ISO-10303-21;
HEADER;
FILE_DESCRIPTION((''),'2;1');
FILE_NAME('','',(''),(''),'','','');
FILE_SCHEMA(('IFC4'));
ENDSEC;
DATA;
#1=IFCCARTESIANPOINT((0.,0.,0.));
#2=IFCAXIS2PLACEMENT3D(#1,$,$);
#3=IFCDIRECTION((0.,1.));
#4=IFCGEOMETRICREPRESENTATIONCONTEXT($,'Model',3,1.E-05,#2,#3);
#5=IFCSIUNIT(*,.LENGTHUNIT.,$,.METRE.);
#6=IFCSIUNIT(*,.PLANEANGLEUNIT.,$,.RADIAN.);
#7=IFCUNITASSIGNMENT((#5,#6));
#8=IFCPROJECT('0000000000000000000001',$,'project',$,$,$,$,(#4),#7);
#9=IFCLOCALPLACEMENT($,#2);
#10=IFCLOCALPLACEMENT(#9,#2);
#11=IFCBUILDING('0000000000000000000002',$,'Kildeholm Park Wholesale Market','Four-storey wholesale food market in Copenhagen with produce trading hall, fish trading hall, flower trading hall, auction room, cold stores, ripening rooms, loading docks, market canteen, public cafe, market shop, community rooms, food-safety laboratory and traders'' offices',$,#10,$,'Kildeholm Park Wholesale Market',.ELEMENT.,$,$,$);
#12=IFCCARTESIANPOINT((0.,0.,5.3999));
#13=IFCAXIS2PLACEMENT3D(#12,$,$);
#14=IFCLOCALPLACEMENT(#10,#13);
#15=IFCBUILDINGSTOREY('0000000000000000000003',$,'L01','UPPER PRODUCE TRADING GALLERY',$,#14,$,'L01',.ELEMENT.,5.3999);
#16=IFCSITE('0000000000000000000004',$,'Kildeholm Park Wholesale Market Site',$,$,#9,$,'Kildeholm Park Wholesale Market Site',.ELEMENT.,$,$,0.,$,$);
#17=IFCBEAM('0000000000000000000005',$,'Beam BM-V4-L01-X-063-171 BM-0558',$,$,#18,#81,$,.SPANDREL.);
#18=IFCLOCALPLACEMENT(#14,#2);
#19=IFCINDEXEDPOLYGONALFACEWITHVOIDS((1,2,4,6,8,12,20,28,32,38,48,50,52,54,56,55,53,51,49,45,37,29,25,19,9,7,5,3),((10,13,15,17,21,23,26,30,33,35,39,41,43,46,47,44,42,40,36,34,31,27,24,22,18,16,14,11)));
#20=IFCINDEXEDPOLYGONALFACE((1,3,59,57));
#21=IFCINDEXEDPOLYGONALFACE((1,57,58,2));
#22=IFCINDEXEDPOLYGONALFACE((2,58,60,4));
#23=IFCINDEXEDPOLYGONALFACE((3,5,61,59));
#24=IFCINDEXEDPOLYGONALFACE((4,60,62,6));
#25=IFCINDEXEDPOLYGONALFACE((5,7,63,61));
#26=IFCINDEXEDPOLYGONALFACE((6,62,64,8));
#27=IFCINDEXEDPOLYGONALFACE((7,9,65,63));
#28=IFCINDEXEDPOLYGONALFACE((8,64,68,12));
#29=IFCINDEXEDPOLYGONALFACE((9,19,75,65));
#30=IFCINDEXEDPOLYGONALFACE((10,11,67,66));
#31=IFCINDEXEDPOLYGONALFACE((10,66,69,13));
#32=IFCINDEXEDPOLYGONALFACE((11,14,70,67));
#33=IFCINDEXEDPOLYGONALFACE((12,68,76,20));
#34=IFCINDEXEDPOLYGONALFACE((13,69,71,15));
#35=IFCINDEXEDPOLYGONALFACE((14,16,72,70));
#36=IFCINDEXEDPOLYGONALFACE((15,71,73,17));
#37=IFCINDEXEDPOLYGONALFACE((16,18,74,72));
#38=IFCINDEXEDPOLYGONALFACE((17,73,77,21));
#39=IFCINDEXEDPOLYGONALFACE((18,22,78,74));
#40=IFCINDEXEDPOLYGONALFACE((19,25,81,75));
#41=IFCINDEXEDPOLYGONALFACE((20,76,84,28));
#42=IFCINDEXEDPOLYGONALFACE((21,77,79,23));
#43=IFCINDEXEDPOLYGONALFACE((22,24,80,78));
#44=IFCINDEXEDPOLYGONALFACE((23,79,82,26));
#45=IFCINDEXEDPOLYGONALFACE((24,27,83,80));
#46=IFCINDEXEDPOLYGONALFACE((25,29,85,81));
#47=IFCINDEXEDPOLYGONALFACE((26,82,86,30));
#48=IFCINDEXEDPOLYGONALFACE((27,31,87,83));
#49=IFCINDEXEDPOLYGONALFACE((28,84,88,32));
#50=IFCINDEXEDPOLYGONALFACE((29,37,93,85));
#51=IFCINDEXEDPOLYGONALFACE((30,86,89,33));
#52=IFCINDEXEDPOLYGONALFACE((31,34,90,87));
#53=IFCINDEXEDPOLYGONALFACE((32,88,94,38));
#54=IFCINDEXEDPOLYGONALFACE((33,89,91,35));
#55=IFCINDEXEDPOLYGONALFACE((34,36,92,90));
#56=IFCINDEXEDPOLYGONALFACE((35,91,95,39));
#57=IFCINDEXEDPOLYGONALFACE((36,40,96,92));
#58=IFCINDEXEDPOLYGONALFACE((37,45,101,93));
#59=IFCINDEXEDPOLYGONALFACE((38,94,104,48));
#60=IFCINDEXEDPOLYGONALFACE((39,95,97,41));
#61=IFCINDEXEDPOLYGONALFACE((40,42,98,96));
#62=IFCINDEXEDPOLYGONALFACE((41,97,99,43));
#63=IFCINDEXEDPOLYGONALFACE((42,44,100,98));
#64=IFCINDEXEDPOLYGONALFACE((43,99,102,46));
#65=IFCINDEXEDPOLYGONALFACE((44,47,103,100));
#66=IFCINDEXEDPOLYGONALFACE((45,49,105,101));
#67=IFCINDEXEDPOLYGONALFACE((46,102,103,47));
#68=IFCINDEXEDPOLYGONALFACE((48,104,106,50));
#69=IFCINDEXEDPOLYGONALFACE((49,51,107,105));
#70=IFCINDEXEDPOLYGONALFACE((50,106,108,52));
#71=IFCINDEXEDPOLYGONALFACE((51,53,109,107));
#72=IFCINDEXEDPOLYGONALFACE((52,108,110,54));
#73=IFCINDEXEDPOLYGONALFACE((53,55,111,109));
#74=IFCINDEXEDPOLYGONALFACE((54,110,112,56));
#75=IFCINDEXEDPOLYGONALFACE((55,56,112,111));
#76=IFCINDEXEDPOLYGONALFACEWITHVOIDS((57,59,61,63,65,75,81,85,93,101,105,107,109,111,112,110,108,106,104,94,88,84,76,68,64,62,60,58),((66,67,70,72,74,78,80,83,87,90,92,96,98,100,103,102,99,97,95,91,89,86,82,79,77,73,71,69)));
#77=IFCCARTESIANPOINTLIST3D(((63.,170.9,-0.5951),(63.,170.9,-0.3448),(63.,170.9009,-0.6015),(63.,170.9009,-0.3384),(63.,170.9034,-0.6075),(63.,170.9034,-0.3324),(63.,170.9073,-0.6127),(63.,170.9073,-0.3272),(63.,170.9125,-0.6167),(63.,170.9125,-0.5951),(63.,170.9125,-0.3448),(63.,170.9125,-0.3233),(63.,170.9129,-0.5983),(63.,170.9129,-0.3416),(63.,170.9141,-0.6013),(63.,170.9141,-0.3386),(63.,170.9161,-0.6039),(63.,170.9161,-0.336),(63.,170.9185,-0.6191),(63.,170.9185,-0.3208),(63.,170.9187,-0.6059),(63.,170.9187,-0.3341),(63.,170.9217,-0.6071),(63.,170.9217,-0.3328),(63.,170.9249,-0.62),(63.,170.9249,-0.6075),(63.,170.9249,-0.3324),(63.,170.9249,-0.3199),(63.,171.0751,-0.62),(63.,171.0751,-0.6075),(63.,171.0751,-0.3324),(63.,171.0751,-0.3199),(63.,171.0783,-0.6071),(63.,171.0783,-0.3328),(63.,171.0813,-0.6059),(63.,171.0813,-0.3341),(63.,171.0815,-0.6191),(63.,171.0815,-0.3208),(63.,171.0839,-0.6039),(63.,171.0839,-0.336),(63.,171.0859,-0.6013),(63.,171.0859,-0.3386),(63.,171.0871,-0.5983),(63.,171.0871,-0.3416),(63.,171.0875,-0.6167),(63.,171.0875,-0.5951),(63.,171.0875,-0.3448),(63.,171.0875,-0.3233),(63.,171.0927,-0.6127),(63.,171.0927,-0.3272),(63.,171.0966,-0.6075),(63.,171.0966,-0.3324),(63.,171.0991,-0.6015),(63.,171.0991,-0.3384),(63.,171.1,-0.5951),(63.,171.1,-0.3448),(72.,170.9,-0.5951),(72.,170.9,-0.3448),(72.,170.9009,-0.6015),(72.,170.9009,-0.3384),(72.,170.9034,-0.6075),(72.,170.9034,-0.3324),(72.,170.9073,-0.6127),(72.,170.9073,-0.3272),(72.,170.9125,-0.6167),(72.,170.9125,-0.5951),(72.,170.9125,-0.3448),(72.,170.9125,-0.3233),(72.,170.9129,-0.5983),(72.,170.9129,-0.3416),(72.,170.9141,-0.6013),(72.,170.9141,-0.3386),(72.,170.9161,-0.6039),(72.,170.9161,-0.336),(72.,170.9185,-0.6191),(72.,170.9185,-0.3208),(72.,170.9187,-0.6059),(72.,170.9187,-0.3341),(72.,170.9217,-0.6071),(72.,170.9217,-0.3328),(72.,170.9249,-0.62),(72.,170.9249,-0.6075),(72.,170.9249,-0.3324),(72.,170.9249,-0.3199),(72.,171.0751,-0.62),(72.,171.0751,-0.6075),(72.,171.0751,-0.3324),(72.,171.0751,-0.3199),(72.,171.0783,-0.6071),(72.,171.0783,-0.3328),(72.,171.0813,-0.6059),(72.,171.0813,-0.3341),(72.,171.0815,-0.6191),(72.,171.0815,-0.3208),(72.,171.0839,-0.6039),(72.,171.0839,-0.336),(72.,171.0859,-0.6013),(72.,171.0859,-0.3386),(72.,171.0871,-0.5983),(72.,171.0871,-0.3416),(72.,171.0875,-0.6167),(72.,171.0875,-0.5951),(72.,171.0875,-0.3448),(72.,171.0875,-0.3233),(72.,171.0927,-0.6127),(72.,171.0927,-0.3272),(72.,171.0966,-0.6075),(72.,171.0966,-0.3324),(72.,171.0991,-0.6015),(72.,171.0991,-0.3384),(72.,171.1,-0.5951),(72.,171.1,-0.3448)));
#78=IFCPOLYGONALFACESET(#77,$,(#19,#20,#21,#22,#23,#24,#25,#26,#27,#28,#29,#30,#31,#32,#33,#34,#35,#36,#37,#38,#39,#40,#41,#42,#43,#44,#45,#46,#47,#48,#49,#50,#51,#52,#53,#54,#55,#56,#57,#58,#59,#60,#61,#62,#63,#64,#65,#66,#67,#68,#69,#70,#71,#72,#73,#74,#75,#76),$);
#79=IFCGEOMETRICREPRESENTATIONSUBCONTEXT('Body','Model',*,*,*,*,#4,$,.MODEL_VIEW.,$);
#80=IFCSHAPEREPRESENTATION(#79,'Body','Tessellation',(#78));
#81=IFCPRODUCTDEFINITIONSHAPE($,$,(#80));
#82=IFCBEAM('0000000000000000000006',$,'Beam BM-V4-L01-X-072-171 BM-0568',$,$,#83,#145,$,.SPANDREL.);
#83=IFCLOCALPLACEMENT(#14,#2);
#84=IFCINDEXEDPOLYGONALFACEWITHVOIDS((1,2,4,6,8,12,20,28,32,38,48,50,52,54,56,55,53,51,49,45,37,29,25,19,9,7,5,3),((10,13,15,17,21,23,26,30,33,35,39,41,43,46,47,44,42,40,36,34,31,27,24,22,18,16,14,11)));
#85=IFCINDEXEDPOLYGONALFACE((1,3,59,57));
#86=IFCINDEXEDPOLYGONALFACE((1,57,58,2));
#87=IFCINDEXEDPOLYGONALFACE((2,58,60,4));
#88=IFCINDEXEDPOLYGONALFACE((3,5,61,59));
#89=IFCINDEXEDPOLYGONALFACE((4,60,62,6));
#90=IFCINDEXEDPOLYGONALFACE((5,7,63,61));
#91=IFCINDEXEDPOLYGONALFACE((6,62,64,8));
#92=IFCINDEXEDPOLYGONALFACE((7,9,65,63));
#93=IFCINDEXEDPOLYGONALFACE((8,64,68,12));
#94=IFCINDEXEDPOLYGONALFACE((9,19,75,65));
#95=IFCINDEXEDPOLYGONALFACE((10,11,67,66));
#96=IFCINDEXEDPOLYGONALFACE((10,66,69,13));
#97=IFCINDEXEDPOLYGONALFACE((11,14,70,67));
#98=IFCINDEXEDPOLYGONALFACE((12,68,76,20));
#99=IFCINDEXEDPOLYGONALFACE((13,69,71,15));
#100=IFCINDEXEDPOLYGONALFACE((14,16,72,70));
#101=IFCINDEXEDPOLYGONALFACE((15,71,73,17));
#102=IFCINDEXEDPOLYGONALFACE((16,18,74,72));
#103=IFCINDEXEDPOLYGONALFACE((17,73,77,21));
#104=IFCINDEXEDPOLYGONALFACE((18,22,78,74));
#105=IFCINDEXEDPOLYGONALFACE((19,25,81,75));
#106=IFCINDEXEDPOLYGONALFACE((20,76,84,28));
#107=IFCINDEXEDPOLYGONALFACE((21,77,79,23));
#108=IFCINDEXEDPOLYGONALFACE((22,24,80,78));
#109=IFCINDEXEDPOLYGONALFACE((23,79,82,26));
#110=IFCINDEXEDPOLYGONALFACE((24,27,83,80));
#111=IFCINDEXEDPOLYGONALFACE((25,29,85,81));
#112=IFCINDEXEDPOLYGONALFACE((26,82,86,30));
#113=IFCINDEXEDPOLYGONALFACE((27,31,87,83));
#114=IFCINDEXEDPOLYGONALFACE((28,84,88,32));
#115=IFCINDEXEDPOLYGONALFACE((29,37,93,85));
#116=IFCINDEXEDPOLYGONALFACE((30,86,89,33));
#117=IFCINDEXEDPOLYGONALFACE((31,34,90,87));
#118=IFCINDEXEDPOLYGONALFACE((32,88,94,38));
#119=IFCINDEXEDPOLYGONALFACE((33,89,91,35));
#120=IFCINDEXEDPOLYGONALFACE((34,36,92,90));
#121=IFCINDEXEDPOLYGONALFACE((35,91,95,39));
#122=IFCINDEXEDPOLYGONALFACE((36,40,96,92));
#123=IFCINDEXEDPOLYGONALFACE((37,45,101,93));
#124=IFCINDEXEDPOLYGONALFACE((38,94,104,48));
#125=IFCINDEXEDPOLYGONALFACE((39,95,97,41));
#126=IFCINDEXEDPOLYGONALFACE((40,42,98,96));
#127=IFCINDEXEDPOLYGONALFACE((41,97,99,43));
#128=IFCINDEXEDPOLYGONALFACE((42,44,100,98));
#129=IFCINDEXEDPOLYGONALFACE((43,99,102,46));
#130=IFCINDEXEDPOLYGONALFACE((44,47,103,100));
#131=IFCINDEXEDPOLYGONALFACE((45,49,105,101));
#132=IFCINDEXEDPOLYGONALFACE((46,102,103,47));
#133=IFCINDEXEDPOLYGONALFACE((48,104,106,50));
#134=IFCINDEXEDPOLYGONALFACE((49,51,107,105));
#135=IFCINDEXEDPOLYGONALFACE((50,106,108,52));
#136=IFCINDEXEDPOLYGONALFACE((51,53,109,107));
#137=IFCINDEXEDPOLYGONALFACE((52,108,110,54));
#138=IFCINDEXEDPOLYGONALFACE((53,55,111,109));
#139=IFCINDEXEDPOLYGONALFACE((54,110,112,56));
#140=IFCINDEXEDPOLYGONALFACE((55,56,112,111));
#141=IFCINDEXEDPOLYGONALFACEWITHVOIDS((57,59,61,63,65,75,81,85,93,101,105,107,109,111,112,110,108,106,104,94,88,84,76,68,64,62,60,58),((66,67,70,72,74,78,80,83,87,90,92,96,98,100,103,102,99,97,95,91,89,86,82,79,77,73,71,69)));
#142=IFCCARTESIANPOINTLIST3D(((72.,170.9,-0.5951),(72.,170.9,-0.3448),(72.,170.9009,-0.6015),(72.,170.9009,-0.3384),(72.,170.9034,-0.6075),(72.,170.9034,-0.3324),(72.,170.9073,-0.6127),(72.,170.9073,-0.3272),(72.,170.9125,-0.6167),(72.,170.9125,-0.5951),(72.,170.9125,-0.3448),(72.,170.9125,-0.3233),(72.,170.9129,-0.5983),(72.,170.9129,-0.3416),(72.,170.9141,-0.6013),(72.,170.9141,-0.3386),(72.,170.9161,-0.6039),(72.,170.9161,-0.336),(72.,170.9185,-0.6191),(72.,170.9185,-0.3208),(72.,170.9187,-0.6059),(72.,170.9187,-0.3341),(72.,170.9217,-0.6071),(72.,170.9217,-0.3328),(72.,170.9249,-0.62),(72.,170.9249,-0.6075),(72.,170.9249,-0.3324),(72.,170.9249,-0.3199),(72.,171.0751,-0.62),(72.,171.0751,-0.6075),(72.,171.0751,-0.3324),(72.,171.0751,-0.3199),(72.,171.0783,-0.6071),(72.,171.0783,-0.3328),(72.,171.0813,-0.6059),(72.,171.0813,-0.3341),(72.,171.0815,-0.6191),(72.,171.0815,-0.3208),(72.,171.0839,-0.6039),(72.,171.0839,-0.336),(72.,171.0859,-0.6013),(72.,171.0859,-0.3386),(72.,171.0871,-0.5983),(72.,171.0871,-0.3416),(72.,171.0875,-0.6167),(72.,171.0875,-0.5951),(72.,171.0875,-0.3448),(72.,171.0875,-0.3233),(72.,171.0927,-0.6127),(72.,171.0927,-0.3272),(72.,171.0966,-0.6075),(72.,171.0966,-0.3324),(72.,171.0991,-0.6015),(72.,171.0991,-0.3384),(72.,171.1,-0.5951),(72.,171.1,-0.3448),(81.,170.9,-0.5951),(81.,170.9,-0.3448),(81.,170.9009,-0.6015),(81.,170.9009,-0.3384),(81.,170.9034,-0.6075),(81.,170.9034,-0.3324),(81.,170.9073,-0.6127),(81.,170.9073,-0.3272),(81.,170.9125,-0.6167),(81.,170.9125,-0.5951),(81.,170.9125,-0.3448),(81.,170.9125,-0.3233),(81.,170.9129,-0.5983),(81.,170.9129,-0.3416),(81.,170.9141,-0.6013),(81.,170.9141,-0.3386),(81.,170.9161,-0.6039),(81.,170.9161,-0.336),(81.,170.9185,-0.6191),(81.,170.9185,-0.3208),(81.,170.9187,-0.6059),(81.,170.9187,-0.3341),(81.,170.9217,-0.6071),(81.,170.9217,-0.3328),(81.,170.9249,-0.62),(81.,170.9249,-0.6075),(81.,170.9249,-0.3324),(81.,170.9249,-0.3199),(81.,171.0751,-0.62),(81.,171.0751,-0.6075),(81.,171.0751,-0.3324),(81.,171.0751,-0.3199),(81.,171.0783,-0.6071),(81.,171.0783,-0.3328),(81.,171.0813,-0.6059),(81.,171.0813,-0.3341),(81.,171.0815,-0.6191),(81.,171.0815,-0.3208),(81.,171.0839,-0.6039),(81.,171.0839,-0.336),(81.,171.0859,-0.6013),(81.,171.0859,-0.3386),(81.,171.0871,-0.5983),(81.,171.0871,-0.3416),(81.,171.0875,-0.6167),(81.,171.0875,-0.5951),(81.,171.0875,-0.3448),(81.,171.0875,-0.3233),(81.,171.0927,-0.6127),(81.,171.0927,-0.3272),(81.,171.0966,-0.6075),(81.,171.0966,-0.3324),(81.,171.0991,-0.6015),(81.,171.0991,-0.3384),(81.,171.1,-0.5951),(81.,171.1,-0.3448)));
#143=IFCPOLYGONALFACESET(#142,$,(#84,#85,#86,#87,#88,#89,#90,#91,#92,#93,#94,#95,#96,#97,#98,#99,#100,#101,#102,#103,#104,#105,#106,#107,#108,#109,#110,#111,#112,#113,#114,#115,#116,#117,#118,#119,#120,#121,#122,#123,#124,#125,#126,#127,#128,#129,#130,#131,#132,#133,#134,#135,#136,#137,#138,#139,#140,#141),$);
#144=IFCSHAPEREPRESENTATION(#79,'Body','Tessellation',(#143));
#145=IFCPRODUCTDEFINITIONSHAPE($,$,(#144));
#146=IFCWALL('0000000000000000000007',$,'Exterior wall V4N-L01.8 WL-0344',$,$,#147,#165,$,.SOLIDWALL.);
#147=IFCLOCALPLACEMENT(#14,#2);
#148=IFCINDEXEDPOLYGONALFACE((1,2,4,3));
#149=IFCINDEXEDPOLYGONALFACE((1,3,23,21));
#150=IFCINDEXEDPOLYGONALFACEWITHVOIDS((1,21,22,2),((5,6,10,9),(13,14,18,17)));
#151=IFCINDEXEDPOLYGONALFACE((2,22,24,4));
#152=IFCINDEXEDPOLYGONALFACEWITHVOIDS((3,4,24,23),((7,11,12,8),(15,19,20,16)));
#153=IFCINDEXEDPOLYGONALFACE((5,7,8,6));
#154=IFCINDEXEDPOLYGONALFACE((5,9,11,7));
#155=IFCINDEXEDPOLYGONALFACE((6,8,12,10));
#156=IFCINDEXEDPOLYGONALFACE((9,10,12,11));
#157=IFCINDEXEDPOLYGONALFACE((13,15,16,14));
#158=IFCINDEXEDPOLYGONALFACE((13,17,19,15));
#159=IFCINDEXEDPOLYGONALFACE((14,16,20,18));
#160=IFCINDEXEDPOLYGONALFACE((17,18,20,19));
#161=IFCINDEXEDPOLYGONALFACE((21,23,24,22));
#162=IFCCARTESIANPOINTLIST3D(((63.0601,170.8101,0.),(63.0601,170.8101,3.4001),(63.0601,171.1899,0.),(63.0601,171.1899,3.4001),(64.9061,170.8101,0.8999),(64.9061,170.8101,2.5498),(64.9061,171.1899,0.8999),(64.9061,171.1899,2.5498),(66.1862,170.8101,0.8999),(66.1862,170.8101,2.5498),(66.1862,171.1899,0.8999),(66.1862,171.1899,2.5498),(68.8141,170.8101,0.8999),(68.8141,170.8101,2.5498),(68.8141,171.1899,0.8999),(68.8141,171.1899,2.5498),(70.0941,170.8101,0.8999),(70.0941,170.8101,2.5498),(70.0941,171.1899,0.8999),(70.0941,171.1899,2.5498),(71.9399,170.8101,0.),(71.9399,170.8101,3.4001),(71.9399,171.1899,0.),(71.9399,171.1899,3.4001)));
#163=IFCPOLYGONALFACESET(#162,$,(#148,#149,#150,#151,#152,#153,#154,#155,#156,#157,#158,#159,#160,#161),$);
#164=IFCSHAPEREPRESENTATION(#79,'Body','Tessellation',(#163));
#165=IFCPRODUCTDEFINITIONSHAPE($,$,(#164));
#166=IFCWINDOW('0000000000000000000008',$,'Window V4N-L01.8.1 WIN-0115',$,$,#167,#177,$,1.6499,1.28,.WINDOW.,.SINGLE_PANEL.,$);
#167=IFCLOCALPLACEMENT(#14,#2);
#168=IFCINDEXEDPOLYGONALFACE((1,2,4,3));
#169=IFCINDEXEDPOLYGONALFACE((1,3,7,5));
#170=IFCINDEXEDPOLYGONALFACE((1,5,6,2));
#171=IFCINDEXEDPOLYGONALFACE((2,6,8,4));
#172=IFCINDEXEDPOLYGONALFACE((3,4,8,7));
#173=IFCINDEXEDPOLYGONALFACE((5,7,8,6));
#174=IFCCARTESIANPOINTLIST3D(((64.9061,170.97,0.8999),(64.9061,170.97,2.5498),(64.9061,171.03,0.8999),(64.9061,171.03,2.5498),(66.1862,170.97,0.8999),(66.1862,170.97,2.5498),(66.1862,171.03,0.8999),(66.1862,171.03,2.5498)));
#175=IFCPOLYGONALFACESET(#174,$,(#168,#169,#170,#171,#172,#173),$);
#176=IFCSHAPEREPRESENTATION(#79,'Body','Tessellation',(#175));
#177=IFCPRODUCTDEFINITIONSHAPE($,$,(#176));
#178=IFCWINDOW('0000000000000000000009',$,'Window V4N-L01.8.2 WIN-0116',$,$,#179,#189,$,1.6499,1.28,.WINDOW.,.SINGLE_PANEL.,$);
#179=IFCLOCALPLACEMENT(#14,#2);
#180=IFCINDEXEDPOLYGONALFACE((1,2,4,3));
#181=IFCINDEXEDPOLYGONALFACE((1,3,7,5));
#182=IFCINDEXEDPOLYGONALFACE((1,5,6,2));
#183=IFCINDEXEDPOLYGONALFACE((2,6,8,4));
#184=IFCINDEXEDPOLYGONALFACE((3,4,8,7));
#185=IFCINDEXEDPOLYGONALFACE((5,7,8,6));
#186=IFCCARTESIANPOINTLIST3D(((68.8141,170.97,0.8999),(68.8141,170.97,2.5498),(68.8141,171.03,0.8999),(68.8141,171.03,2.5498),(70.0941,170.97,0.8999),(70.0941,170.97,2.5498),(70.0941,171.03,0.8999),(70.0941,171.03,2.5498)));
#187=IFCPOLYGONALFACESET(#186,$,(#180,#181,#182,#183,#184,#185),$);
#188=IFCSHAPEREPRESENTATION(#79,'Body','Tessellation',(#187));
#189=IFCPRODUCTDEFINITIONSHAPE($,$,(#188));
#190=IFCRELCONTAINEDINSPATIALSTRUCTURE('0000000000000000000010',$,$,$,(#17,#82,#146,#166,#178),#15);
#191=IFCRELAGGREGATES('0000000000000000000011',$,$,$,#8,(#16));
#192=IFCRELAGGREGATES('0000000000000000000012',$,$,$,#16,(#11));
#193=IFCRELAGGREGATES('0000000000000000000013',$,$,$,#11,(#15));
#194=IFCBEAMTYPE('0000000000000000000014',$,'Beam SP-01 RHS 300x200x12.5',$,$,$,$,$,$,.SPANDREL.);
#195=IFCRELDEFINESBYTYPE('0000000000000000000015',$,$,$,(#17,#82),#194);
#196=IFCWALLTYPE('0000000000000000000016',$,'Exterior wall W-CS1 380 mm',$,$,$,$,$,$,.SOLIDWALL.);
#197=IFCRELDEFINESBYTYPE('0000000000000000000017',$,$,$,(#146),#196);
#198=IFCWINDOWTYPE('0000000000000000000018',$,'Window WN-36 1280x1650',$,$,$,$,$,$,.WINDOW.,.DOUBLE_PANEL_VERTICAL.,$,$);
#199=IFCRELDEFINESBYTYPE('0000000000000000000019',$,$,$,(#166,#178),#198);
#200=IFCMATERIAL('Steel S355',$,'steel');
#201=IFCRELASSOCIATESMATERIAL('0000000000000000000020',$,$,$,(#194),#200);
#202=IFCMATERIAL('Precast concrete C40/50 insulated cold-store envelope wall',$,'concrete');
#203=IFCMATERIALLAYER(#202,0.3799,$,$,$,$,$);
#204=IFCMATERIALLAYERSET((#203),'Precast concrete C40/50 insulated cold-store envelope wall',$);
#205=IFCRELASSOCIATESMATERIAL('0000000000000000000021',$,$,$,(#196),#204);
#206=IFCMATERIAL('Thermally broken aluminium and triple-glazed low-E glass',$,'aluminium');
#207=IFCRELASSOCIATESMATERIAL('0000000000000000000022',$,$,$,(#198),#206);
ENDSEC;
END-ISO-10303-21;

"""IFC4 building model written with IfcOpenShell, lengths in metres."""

from ifc_helpers import new_model, si_unit, direction, frame, frame_2d, origin, origin_2d, place, context, subcontext, project, spatial, rectangle, hollow_rectangle, extrude, material, layer, layer_set, material_profile, profile_set, type_object, element, fill, save


model = new_model("IFC4")

# Units and contexts
model_context = context("Model", 3, precision=1e-05, world=origin(), true_north=direction((0.0, 1.0)))
body_context = subcontext(model_context, "Body", "Model", "MODEL_VIEW")
ifc_project = project(units=[si_unit("LENGTHUNIT", "METRE"), si_unit("PLANEANGLEUNIT", "RADIAN")], contexts=[model_context])

# Site, building, storey
site_placement = place(None, origin())
site = spatial("IfcSite", under=ifc_project, at=site_placement, Name="Kildeholm Park Wholesale Market Site", LongName="Kildeholm Park Wholesale Market Site", CompositionType="ELEMENT", RefElevation=0.0)
building_placement = place(site_placement, origin())
building = spatial("IfcBuilding", under=site, at=building_placement, Name="Kildeholm Park Wholesale Market", Description="Four-storey wholesale food market in Copenhagen with produce trading hall, fish trading hall, flower trading hall, auction room, cold stores, ripening rooms, loading docks, market canteen, public cafe, market shop, community rooms, food-safety laboratory and traders' offices", LongName="Kildeholm Park Wholesale Market", CompositionType="ELEMENT")
storey_placement = place(building_placement, frame((0.0, 0.0, 5.3999)))
storey = spatial("IfcBuildingStorey", under=building, at=storey_placement, Name="L01", Description="UPPER PRODUCE TRADING GALLERY", LongName="L01", CompositionType="ELEMENT", Elevation=5.3999)

# Beams
ifc_material_1 = material(Name="Steel S355", Category="steel")
ifc_material_profile_1 = material_profile(ifc_material_1, hollow_rectangle(XDim=0.2, YDim=0.3, WallThickness=0.0125, InnerFilletRadius=0.0125, OuterFilletRadius=0.0249, at=origin_2d()), Name="RHS 300x200x12.5")
ifc_profile_set_1 = profile_set([ifc_material_profile_1], Name="Steel S355")
beam_type_1 = type_object("IfcBeamType", Name="Beam SP-01 RHS 300x200x12.5", PredefinedType="SPANDREL", material=ifc_profile_set_1)
for number, where, z_axis, x_axis, name in (
    (1, (63.0, 171.0, -0.47), (1.0, 0.0, 0.0), (0.0, 1.0, 0.0), "Beam BM-V4-L01-X-063-171 BM-0558"),
    (2, (72.0, 171.0, -0.47), (1.0, 0.0, 0.0), (0.0, 1.0, 0.0), "Beam BM-V4-L01-X-072-171 BM-0568"),
):
    element("IfcBeam", number, at=place(storey_placement, frame(where, z_axis=z_axis, x_axis=x_axis)), inside=storey, type_object=beam_type_1, Name=name, PredefinedType="SPANDREL", context=body_context, shape_type="SweptSolid", body=[
        extrude(hollow_rectangle(XDim=0.2, YDim=0.3, WallThickness=0.0125, InnerFilletRadius=0.0125, OuterFilletRadius=0.0249, at=origin_2d()), origin(), (0.0, 0.0, 1.0), 9.0),
    ])

# Wall, openings, windows
ifc_material_2 = material(Name="Precast concrete C40/50 insulated cold-store envelope wall", Category="concrete")
ifc_layer_1 = layer(ifc_material_2, 0.3799)
ifc_layer_set_1 = layer_set([ifc_layer_1], Name="Precast concrete C40/50 insulated cold-store envelope wall")
wall_type_1 = type_object("IfcWallType", Name="Exterior wall W-CS1 380 mm", PredefinedType="SOLIDWALL", material=ifc_layer_set_1)
wall_1_placement = place(storey_placement, frame((63.0601, 171.0, 0.0), z_axis=(0.0, 0.0, 1.0), x_axis=(1.0, 0.0, 0.0)))
wall_1 = element("IfcWall", 3, at=wall_1_placement, inside=storey, type_object=wall_type_1, Name="Exterior wall V4N-L01.8 WL-0344", PredefinedType="SOLIDWALL", context=body_context, shape_type="SweptSolid", body=[
    extrude(rectangle(XDim=8.8799, YDim=0.3799, at=frame_2d((4.4399, 0.0))), origin(), (0.0, 0.0, 1.0), 3.4001),
])
opening_1_placement = place(wall_1_placement, frame((1.8459, 0.0, 0.8999)))
opening_1 = element("IfcOpeningElement", 4, at=opening_1_placement, cuts=wall_1, PredefinedType="OPENING", context=body_context, shape_type="SweptSolid", body=[
    extrude(rectangle(XDim=1.28, YDim=1.6499, at=frame_2d((0.6401, 0.825))), frame((0.0, 0.2, 0.0), z_axis=(0.0, -1.0, 0.0), x_axis=(1.0, 0.0, 0.0)), (0.0, 0.0, 1.0), 0.3999),
])
opening_2_placement = place(wall_1_placement, frame((5.7539, 0.0, 0.8999)))
opening_2 = element("IfcOpeningElement", 5, at=opening_2_placement, cuts=wall_1, PredefinedType="OPENING", context=body_context, shape_type="SweptSolid", body=[
    extrude(rectangle(XDim=1.28, YDim=1.6499, at=frame_2d((0.6401, 0.825))), frame((0.0, 0.2, 0.0), z_axis=(0.0, -1.0, 0.0), x_axis=(1.0, 0.0, 0.0)), (0.0, 0.0, 1.0), 0.3999),
])
ifc_material_3 = material(Name="Thermally broken aluminium and triple-glazed low-E glass", Category="aluminium")
window_type_1 = type_object("IfcWindowType", Name="Window WN-36 1280x1650", PartitioningType="DOUBLE_PANEL_VERTICAL", PredefinedType="WINDOW", material=ifc_material_3)
window_1_placement = place(opening_1_placement, origin())
window_1 = element("IfcWindow", 6, at=window_1_placement, inside=storey, type_object=window_type_1, Name="Window V4N-L01.8.1 WIN-0115", OverallHeight=1.6499, OverallWidth=1.28, PartitioningType="SINGLE_PANEL", PredefinedType="WINDOW", context=body_context, shape_type="SweptSolid", body=[
    extrude(rectangle(XDim=1.28, YDim=1.6499, at=frame_2d((0.6401, 0.825))), frame((0.0, 0.03, 0.0), z_axis=(0.0, -1.0, 0.0), x_axis=(1.0, 0.0, 0.0)), (0.0, 0.0, 1.0), 0.0601),
])
fill(opening_1, window_1)
window_2_placement = place(opening_2_placement, origin())
window_2 = element("IfcWindow", 7, at=window_2_placement, inside=storey, type_object=window_type_1, Name="Window V4N-L01.8.2 WIN-0116", OverallHeight=1.6499, OverallWidth=1.28, PartitioningType="SINGLE_PANEL", PredefinedType="WINDOW", context=body_context, shape_type="SweptSolid", body=[
    extrude(rectangle(XDim=1.28, YDim=1.6499, at=frame_2d((0.6401, 0.825))), frame((0.0, 0.03, 0.0), z_axis=(0.0, -1.0, 0.0), x_axis=(1.0, 0.0, 0.0)), (0.0, 0.0, 1.0), 0.0601),
])
fill(opening_2, window_2)

save(model, "model.ifc")
